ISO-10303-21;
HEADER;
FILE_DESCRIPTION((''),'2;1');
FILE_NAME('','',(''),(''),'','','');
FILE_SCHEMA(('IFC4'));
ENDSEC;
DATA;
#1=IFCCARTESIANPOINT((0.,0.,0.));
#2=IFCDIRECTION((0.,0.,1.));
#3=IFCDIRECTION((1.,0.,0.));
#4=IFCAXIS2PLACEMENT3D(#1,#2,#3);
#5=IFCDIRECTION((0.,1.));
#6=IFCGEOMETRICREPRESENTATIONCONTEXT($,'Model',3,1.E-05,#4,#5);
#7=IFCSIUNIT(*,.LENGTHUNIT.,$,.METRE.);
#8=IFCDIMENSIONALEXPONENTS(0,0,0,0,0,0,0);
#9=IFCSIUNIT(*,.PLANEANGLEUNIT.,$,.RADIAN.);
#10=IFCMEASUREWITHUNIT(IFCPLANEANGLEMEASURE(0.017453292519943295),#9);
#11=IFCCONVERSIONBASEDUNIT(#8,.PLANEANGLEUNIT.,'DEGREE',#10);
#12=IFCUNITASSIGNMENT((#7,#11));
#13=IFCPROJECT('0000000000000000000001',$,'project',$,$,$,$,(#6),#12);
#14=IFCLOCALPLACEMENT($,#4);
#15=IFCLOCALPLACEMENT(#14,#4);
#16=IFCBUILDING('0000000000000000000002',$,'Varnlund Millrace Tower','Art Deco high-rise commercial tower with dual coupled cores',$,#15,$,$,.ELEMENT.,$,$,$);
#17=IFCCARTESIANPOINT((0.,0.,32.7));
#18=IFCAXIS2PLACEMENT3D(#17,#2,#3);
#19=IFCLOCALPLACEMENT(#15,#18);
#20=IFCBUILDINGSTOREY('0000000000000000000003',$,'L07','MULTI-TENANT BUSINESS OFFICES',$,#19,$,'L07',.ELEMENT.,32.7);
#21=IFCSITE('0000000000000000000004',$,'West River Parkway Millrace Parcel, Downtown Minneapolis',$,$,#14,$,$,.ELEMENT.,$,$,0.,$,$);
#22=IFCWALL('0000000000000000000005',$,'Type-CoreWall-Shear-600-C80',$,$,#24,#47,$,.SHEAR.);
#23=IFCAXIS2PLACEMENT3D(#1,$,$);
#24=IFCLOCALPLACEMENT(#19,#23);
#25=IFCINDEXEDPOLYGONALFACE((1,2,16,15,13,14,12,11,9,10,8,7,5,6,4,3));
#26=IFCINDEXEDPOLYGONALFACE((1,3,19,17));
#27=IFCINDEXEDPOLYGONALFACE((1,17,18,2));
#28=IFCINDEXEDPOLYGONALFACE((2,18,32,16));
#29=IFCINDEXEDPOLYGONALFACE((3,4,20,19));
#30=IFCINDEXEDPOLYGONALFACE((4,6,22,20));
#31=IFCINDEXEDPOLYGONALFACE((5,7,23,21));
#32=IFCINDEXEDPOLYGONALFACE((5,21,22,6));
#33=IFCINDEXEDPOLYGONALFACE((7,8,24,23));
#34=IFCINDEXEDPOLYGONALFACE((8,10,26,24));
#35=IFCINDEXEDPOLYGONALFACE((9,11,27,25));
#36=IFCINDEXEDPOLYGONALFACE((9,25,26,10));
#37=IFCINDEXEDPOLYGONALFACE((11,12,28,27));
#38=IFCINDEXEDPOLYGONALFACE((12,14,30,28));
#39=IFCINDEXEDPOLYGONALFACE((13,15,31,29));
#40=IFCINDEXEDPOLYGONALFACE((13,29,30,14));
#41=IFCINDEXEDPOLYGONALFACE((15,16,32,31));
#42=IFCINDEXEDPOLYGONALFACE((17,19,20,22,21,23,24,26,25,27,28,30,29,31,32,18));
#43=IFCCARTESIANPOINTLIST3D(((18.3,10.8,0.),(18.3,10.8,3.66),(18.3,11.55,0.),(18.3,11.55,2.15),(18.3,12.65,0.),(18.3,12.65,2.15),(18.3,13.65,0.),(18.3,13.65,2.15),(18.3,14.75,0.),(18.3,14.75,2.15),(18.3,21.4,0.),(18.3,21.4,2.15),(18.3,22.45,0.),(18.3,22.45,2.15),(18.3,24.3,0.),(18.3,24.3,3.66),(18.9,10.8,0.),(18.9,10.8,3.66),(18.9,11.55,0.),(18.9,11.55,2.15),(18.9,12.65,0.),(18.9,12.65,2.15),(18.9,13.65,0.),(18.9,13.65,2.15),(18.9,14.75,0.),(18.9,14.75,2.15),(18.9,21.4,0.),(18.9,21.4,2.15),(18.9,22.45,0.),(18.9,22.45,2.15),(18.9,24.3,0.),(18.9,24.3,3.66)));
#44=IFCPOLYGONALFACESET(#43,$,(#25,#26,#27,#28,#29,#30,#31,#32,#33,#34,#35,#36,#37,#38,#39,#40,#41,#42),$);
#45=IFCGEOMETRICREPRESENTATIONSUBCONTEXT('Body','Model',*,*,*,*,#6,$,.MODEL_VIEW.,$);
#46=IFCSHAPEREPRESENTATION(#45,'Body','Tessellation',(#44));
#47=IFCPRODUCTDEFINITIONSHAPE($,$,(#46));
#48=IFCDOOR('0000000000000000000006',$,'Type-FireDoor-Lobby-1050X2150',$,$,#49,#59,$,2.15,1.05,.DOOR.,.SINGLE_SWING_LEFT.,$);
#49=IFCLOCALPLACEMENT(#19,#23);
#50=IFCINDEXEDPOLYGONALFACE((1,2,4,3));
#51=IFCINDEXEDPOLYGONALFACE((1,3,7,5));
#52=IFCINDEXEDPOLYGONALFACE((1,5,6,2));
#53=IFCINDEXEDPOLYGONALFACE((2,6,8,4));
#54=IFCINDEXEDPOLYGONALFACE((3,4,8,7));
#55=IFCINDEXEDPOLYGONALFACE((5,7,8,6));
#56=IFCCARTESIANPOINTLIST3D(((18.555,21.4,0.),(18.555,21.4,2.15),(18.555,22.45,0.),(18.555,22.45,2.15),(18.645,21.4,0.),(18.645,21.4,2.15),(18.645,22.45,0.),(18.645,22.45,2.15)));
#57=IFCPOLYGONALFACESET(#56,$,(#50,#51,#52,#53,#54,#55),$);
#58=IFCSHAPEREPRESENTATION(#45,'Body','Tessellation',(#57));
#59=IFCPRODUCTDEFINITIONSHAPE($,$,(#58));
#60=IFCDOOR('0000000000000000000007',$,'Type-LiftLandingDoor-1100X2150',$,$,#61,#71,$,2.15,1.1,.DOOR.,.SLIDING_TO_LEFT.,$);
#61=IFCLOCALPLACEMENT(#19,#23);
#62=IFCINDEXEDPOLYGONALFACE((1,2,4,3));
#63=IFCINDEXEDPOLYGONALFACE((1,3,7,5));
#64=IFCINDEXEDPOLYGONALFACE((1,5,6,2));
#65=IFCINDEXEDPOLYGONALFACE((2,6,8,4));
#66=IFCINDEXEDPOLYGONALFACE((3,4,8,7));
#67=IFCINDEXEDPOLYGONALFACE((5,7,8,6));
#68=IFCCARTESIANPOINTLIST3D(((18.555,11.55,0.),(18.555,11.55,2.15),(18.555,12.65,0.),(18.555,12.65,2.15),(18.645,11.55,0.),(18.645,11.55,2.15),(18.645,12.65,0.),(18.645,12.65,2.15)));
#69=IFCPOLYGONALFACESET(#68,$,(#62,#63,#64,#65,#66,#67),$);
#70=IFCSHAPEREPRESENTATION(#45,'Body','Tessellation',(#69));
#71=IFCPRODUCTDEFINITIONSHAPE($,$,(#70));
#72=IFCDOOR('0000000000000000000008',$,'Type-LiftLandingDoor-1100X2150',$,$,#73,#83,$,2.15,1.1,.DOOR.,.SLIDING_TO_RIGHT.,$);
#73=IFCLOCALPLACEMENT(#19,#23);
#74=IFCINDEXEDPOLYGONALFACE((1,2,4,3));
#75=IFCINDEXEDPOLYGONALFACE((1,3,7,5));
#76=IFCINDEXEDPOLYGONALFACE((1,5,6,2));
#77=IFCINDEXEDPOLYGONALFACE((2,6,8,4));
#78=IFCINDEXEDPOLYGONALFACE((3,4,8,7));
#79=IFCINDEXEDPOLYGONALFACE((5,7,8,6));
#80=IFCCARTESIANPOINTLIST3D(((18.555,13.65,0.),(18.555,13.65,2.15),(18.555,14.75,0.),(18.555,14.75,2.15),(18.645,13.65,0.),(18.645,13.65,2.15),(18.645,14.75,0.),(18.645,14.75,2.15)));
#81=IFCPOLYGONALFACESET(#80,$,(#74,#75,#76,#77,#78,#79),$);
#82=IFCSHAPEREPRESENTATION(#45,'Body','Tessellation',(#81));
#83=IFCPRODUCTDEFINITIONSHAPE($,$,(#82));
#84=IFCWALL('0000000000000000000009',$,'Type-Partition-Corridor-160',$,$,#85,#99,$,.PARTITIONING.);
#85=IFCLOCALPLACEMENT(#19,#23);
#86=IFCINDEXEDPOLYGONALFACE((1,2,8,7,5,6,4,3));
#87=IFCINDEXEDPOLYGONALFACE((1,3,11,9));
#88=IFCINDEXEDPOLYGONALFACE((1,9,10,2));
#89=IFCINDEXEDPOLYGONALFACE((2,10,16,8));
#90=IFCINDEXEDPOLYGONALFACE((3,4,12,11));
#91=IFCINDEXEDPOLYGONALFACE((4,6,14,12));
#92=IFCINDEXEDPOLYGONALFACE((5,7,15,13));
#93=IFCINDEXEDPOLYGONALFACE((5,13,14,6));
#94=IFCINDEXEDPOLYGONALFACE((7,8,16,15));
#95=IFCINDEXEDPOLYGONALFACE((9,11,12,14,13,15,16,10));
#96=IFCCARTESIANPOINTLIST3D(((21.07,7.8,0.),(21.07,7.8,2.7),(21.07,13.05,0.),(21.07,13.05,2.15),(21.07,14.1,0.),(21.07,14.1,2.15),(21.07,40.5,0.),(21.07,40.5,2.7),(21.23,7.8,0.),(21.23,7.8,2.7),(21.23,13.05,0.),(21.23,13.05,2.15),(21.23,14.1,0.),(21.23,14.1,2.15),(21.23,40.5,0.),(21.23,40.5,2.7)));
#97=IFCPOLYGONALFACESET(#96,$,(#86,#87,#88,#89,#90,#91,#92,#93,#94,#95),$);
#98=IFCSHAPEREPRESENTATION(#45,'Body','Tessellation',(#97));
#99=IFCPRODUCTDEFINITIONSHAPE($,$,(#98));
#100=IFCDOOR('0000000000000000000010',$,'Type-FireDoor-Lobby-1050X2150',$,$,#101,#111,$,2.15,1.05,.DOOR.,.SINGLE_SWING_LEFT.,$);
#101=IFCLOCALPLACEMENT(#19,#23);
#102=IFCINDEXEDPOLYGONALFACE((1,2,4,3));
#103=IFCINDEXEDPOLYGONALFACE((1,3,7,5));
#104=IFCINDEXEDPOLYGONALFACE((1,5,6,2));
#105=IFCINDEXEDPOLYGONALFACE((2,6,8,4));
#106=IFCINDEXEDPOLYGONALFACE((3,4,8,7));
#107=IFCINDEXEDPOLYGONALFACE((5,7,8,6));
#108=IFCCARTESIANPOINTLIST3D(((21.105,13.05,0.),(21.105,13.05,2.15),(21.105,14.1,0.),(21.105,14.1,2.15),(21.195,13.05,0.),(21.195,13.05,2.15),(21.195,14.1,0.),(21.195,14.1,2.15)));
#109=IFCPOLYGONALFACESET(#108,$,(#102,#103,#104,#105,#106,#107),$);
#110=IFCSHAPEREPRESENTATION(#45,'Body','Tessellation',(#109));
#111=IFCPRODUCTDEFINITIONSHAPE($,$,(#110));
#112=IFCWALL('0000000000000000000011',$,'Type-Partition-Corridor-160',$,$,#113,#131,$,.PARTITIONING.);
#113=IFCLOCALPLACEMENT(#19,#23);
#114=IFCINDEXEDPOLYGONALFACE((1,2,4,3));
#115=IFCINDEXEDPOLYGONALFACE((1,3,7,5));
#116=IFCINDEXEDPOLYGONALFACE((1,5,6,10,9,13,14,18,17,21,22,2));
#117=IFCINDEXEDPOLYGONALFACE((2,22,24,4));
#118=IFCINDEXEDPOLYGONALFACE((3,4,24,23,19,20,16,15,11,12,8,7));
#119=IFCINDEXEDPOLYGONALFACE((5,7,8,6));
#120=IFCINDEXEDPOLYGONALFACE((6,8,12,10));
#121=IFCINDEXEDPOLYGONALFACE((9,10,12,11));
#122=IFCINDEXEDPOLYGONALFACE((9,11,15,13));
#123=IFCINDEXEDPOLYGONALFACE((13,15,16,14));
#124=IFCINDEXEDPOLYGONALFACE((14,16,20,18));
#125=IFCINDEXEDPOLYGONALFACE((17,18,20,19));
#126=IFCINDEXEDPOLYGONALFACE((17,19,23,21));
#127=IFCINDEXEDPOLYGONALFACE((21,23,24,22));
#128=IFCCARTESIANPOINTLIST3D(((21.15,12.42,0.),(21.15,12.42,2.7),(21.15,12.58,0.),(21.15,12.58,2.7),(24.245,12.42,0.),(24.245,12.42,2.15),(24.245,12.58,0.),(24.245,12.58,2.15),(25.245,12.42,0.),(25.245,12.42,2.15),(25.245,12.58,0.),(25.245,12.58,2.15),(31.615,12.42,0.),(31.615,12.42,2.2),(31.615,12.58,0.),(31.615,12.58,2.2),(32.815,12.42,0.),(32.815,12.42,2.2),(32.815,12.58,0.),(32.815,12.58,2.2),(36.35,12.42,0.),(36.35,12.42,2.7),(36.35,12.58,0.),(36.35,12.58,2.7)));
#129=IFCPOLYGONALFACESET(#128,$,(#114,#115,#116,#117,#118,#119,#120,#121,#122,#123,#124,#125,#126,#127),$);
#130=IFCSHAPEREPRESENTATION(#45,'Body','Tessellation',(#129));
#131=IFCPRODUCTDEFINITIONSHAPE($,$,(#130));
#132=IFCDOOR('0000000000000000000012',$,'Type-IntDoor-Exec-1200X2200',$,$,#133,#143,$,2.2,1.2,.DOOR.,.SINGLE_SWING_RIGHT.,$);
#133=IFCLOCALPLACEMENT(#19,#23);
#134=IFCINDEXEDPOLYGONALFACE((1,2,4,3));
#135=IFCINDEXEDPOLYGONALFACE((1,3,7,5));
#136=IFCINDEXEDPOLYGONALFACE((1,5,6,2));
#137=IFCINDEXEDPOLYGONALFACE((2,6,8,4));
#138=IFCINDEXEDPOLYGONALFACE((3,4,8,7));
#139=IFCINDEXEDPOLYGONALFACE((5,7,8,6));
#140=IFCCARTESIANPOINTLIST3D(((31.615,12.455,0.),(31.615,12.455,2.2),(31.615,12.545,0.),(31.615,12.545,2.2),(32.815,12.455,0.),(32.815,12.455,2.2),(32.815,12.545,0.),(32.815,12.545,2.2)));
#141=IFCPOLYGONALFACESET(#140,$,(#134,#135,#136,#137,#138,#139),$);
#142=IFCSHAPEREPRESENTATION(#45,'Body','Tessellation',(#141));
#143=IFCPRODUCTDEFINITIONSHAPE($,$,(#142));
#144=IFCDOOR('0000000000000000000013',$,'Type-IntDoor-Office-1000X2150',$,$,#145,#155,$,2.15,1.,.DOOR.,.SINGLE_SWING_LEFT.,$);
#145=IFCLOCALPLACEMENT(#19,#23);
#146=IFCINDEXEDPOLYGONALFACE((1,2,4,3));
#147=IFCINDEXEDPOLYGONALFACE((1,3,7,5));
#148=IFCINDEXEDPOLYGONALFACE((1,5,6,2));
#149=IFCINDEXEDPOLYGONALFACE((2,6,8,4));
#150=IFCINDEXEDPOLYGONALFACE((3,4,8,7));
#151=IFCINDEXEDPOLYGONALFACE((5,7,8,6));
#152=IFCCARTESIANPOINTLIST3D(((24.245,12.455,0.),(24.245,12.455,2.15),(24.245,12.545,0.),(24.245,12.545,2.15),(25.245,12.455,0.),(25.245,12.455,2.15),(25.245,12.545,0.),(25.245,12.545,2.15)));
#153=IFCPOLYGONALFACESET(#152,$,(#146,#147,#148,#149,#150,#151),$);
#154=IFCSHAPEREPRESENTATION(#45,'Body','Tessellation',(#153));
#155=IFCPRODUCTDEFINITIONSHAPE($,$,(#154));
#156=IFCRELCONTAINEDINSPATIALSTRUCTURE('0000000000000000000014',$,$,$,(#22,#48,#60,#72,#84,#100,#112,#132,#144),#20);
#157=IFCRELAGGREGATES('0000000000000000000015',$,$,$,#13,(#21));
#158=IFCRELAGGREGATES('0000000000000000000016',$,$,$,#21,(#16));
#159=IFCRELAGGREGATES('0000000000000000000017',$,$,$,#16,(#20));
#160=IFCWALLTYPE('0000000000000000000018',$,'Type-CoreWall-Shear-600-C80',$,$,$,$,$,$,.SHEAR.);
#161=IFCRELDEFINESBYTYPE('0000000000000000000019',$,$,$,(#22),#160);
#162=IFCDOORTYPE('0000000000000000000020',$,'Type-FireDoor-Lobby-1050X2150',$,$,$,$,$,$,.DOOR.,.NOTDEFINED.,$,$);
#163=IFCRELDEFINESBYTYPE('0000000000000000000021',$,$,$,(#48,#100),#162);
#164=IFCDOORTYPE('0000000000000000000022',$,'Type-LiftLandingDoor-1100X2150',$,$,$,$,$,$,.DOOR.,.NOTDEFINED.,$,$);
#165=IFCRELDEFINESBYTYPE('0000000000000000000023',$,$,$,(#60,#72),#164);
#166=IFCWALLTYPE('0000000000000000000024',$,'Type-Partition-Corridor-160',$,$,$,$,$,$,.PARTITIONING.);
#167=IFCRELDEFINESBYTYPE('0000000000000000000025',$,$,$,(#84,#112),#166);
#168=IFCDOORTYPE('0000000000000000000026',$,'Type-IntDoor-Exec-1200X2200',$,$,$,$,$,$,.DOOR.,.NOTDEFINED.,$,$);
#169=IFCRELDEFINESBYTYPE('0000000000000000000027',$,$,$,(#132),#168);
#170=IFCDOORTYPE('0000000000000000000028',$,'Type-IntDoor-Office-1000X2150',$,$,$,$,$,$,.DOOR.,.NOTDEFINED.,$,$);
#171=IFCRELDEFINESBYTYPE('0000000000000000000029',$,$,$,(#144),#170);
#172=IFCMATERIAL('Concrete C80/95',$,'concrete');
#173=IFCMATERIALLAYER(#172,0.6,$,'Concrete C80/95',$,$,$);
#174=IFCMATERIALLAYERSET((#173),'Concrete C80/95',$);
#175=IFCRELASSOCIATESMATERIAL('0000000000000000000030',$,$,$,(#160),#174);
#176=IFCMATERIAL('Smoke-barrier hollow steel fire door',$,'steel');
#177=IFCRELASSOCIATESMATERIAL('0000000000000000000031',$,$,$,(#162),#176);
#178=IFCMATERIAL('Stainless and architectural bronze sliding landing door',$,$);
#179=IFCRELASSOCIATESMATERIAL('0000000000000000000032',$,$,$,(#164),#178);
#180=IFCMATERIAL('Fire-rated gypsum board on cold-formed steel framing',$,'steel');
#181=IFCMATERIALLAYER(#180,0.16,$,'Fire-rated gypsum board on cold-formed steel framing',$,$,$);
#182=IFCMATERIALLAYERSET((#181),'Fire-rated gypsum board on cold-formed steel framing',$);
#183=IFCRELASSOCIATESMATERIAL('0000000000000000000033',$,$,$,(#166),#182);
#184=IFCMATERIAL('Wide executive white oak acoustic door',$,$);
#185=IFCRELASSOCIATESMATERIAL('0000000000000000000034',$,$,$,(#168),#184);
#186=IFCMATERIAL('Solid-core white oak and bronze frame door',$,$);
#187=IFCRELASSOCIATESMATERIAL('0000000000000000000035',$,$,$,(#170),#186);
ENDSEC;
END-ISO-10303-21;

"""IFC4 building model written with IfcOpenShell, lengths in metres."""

from ifc_helpers import new_model, entity, si_unit, converted_unit, direction, frame, origin_with_axes, origin_2d_with_axis, place, context, subcontext, project, spatial, polyline, rectangle, outline, extrude, material, layer, layer_set, type_object, element, fill, save


model = new_model("IFC4")

# Units and contexts
model_context = context("Model", 3, precision=1e-05, world=origin_with_axes(), true_north=direction((0.0, 1.0)))
body_context = subcontext(model_context, "Body", "Model", "MODEL_VIEW")
ifc_project = project(units=[si_unit("LENGTHUNIT", "METRE"), converted_unit("PLANEANGLEUNIT", "DEGREE", entity("IfcPlaneAngleMeasure", 0.017453292519943295), si_unit("PLANEANGLEUNIT", "RADIAN"), dimensions=[0, 0, 0, 0, 0, 0, 0])], contexts=[model_context])

# Site, building, storey
site_placement = place(None, origin_with_axes())
site = spatial("IfcSite", under=ifc_project, at=site_placement, Name="West River Parkway Millrace Parcel, Downtown Minneapolis", CompositionType="ELEMENT", RefElevation=0.0)
building_placement = place(site_placement, origin_with_axes())
building = spatial("IfcBuilding", under=site, at=building_placement, Name="Varnlund Millrace Tower", Description="Art Deco high-rise commercial tower with dual coupled cores", CompositionType="ELEMENT")
storey_placement = place(building_placement, frame((0.0, 0.0, 32.7), z_axis=(0.0, 0.0, 1.0), x_axis=(1.0, 0.0, 0.0)))
storey = spatial("IfcBuildingStorey", under=building, at=storey_placement, Name="L07", Description="MULTI-TENANT BUSINESS OFFICES", LongName="L07", CompositionType="ELEMENT", Elevation=32.7)

# Shared definitions
ifc_material_1 = material(Name="Concrete C80/95", Category="concrete")

# Wall, openings, doors
ifc_layer_1 = layer(ifc_material_1, 0.6, Name="Concrete C80/95")
ifc_layer_set_1 = layer_set([ifc_layer_1], Name="Concrete C80/95")
wall_type_1 = type_object("IfcWallType", Name="Type-CoreWall-Shear-600-C80", PredefinedType="SHEAR", material=ifc_layer_set_1)
wall_1_placement = place(storey_placement, frame((18.6, 10.8, 0.0), z_axis=(0.0, 0.0, 1.0), x_axis=(0.0, 1.0, 0.0)))
wall_1 = element("IfcWall", 1, at=wall_1_placement, inside=storey, type_object=wall_type_1, Name="Type-CoreWall-Shear-600-C80", PredefinedType="SHEAR", context=body_context, shape_type="SweptSolid", body=[
    extrude(outline(polyline([(0.0, -0.3), (13.5, -0.3), (13.5, 0.3), (0.0, 0.3), (0.0, -0.3)])), origin_with_axes(), (0.0, 0.0, 1.0), 3.66),
])
opening_1_placement = place(wall_1_placement, frame((1.3, 0.0, 0.0), z_axis=(0.0, 0.0, 1.0), x_axis=(1.0, 0.0, 0.0)))
opening_1 = element("IfcOpeningElement", 2, at=opening_1_placement, cuts=wall_1, PredefinedType="OPENING", context=body_context, shape_type="SweptSolid", body=[
    extrude(rectangle(XDim=1.1, YDim=0.62, at=origin_2d_with_axis()), origin_with_axes(), (0.0, 0.0, 1.0), 2.15),
])
opening_2_placement = place(wall_1_placement, frame((3.4, 0.0, 0.0), z_axis=(0.0, 0.0, 1.0), x_axis=(1.0, 0.0, 0.0)))
opening_2 = element("IfcOpeningElement", 3, at=opening_2_placement, cuts=wall_1, PredefinedType="OPENING", context=body_context, shape_type="SweptSolid", body=[
    extrude(rectangle(XDim=1.1, YDim=0.62, at=origin_2d_with_axis()), origin_with_axes(), (0.0, 0.0, 1.0), 2.15),
])
opening_3_placement = place(wall_1_placement, frame((11.125, 0.0, 0.0), z_axis=(0.0, 0.0, 1.0), x_axis=(1.0, 0.0, 0.0)))
opening_3 = element("IfcOpeningElement", 4, at=opening_3_placement, cuts=wall_1, PredefinedType="OPENING", context=body_context, shape_type="SweptSolid", body=[
    extrude(rectangle(XDim=1.05, YDim=0.62, at=origin_2d_with_axis()), origin_with_axes(), (0.0, 0.0, 1.0), 2.15),
])
ifc_material_2 = material(Name="Smoke-barrier hollow steel fire door", Category="steel")
door_type_1 = type_object("IfcDoorType", Name="Type-FireDoor-Lobby-1050X2150", OperationType="NOTDEFINED", PredefinedType="DOOR", material=ifc_material_2)
door_1_placement = place(wall_1_placement, frame((11.125, 0.0, 0.0), z_axis=(0.0, 0.0, 1.0), x_axis=(1.0, 0.0, 0.0)))
door_1 = element("IfcDoor", 5, at=door_1_placement, inside=storey, type_object=door_type_1, Name="Type-FireDoor-Lobby-1050X2150", OperationType="SINGLE_SWING_LEFT", OverallHeight=2.15, OverallWidth=1.05, PredefinedType="DOOR", context=body_context, shape_type="SweptSolid", body=[
    extrude(rectangle(XDim=1.05, YDim=0.09, at=origin_2d_with_axis()), origin_with_axes(), (0.0, 0.0, 1.0), 2.15),
])
fill(opening_3, door_1)
ifc_material_3 = material(Name="Stainless and architectural bronze sliding landing door")
door_type_2 = type_object("IfcDoorType", Name="Type-LiftLandingDoor-1100X2150", OperationType="NOTDEFINED", PredefinedType="DOOR", material=ifc_material_3)
door_2_placement = place(wall_1_placement, frame((1.3, 0.0, 0.0), z_axis=(0.0, 0.0, 1.0), x_axis=(1.0, 0.0, 0.0)))
door_2 = element("IfcDoor", 6, at=door_2_placement, inside=storey, type_object=door_type_2, Name="Type-LiftLandingDoor-1100X2150", OperationType="SLIDING_TO_LEFT", OverallHeight=2.15, OverallWidth=1.1, PredefinedType="DOOR", context=body_context, shape_type="SweptSolid", body=[
    extrude(rectangle(XDim=1.1, YDim=0.09, at=origin_2d_with_axis()), origin_with_axes(), (0.0, 0.0, 1.0), 2.15),
])
fill(opening_1, door_2)
door_3_placement = place(wall_1_placement, frame((3.4, 0.0, 0.0), z_axis=(0.0, 0.0, 1.0), x_axis=(1.0, 0.0, 0.0)))
door_3 = element("IfcDoor", 7, at=door_3_placement, inside=storey, type_object=door_type_2, Name="Type-LiftLandingDoor-1100X2150", OperationType="SLIDING_TO_RIGHT", OverallHeight=2.15, OverallWidth=1.1, PredefinedType="DOOR", context=body_context, shape_type="SweptSolid", body=[
    extrude(rectangle(XDim=1.1, YDim=0.09, at=origin_2d_with_axis()), origin_with_axes(), (0.0, 0.0, 1.0), 2.15),
])
fill(opening_2, door_3)

# Wall, opening, door
ifc_material_4 = material(Name="Fire-rated gypsum board on cold-formed steel framing", Category="steel")
ifc_layer_2 = layer(ifc_material_4, 0.16, Name="Fire-rated gypsum board on cold-formed steel framing")
ifc_layer_set_2 = layer_set([ifc_layer_2], Name="Fire-rated gypsum board on cold-formed steel framing")
wall_type_2 = type_object("IfcWallType", Name="Type-Partition-Corridor-160", PredefinedType="PARTITIONING", material=ifc_layer_set_2)
wall_2_placement = place(storey_placement, frame((21.15, 7.8, 0.0), z_axis=(0.0, 0.0, 1.0), x_axis=(0.0, 1.0, 0.0)))
wall_2 = element("IfcWall", 8, at=wall_2_placement, inside=storey, type_object=wall_type_2, Name="Type-Partition-Corridor-160", PredefinedType="PARTITIONING", context=body_context, shape_type="SweptSolid", body=[
    extrude(outline(polyline([(0.0, -0.08), (32.7, -0.08), (32.7, 0.08), (0.0, 0.08), (0.0, -0.08)])), origin_with_axes(), (0.0, 0.0, 1.0), 2.7),
])
opening_4_placement = place(wall_2_placement, frame((5.775, 0.0, 0.0), z_axis=(0.0, 0.0, 1.0), x_axis=(1.0, 0.0, 0.0)))
opening_4 = element("IfcOpeningElement", 9, at=opening_4_placement, cuts=wall_2, PredefinedType="OPENING", context=body_context, shape_type="SweptSolid", body=[
    extrude(rectangle(XDim=1.05, YDim=0.18, at=origin_2d_with_axis()), origin_with_axes(), (0.0, 0.0, 1.0), 2.15),
])
door_4_placement = place(wall_2_placement, frame((5.775, 0.0, 0.0), z_axis=(0.0, 0.0, 1.0), x_axis=(1.0, 0.0, 0.0)))
door_4 = element("IfcDoor", 10, at=door_4_placement, inside=storey, type_object=door_type_1, Name="Type-FireDoor-Lobby-1050X2150", OperationType="SINGLE_SWING_LEFT", OverallHeight=2.15, OverallWidth=1.05, PredefinedType="DOOR", context=body_context, shape_type="SweptSolid", body=[
    extrude(rectangle(XDim=1.05, YDim=0.09, at=origin_2d_with_axis()), origin_with_axes(), (0.0, 0.0, 1.0), 2.15),
])
fill(opening_4, door_4)

# Wall, openings, doors
wall_3_placement = place(storey_placement, frame((21.15, 12.5, 0.0), z_axis=(0.0, 0.0, 1.0), x_axis=(1.0, 0.0, 0.0)))
wall_3 = element("IfcWall", 11, at=wall_3_placement, inside=storey, type_object=wall_type_2, Name="Type-Partition-Corridor-160", PredefinedType="PARTITIONING", context=body_context, shape_type="SweptSolid", body=[
    extrude(outline(polyline([(0.0, -0.08), (15.2, -0.08), (15.2, 0.08), (0.0, 0.08), (0.0, -0.08)])), origin_with_axes(), (0.0, 0.0, 1.0), 2.7),
])
opening_5_placement = place(wall_3_placement, frame((3.595, 0.0, 0.0), z_axis=(0.0, 0.0, 1.0), x_axis=(1.0, 0.0, 0.0)))
opening_5 = element("IfcOpeningElement", 12, at=opening_5_placement, cuts=wall_3, PredefinedType="OPENING", context=body_context, shape_type="SweptSolid", body=[
    extrude(rectangle(XDim=1.0, YDim=0.18, at=origin_2d_with_axis()), origin_with_axes(), (0.0, 0.0, 1.0), 2.15),
])
opening_6_placement = place(wall_3_placement, frame((11.065, 0.0, 0.0), z_axis=(0.0, 0.0, 1.0), x_axis=(1.0, 0.0, 0.0)))
opening_6 = element("IfcOpeningElement", 13, at=opening_6_placement, cuts=wall_3, PredefinedType="OPENING", context=body_context, shape_type="SweptSolid", body=[
    extrude(rectangle(XDim=1.2, YDim=0.18, at=origin_2d_with_axis()), origin_with_axes(), (0.0, 0.0, 1.0), 2.2),
])
ifc_material_5 = material(Name="Wide executive white oak acoustic door")
door_type_3 = type_object("IfcDoorType", Name="Type-IntDoor-Exec-1200X2200", OperationType="NOTDEFINED", PredefinedType="DOOR", material=ifc_material_5)
door_5_placement = place(wall_3_placement, frame((11.065, 0.0, 0.0), z_axis=(0.0, 0.0, 1.0), x_axis=(1.0, 0.0, 0.0)))
door_5 = element("IfcDoor", 14, at=door_5_placement, inside=storey, type_object=door_type_3, Name="Type-IntDoor-Exec-1200X2200", OperationType="SINGLE_SWING_RIGHT", OverallHeight=2.2, OverallWidth=1.2, PredefinedType="DOOR", context=body_context, shape_type="SweptSolid", body=[
    extrude(rectangle(XDim=1.2, YDim=0.09, at=origin_2d_with_axis()), origin_with_axes(), (0.0, 0.0, 1.0), 2.2),
])
fill(opening_6, door_5)
ifc_material_6 = material(Name="Solid-core white oak and bronze frame door")
door_type_4 = type_object("IfcDoorType", Name="Type-IntDoor-Office-1000X2150", OperationType="NOTDEFINED", PredefinedType="DOOR", material=ifc_material_6)
door_6_placement = place(wall_3_placement, frame((3.595, 0.0, 0.0), z_axis=(0.0, 0.0, 1.0), x_axis=(1.0, 0.0, 0.0)))
door_6 = element("IfcDoor", 15, at=door_6_placement, inside=storey, type_object=door_type_4, Name="Type-IntDoor-Office-1000X2150", OperationType="SINGLE_SWING_LEFT", OverallHeight=2.15, OverallWidth=1.0, PredefinedType="DOOR", context=body_context, shape_type="SweptSolid", body=[
    extrude(rectangle(XDim=1.0, YDim=0.09, at=origin_2d_with_axis()), origin_with_axes(), (0.0, 0.0, 1.0), 2.15),
])
fill(opening_5, door_6)

save(model, "model.ifc")
